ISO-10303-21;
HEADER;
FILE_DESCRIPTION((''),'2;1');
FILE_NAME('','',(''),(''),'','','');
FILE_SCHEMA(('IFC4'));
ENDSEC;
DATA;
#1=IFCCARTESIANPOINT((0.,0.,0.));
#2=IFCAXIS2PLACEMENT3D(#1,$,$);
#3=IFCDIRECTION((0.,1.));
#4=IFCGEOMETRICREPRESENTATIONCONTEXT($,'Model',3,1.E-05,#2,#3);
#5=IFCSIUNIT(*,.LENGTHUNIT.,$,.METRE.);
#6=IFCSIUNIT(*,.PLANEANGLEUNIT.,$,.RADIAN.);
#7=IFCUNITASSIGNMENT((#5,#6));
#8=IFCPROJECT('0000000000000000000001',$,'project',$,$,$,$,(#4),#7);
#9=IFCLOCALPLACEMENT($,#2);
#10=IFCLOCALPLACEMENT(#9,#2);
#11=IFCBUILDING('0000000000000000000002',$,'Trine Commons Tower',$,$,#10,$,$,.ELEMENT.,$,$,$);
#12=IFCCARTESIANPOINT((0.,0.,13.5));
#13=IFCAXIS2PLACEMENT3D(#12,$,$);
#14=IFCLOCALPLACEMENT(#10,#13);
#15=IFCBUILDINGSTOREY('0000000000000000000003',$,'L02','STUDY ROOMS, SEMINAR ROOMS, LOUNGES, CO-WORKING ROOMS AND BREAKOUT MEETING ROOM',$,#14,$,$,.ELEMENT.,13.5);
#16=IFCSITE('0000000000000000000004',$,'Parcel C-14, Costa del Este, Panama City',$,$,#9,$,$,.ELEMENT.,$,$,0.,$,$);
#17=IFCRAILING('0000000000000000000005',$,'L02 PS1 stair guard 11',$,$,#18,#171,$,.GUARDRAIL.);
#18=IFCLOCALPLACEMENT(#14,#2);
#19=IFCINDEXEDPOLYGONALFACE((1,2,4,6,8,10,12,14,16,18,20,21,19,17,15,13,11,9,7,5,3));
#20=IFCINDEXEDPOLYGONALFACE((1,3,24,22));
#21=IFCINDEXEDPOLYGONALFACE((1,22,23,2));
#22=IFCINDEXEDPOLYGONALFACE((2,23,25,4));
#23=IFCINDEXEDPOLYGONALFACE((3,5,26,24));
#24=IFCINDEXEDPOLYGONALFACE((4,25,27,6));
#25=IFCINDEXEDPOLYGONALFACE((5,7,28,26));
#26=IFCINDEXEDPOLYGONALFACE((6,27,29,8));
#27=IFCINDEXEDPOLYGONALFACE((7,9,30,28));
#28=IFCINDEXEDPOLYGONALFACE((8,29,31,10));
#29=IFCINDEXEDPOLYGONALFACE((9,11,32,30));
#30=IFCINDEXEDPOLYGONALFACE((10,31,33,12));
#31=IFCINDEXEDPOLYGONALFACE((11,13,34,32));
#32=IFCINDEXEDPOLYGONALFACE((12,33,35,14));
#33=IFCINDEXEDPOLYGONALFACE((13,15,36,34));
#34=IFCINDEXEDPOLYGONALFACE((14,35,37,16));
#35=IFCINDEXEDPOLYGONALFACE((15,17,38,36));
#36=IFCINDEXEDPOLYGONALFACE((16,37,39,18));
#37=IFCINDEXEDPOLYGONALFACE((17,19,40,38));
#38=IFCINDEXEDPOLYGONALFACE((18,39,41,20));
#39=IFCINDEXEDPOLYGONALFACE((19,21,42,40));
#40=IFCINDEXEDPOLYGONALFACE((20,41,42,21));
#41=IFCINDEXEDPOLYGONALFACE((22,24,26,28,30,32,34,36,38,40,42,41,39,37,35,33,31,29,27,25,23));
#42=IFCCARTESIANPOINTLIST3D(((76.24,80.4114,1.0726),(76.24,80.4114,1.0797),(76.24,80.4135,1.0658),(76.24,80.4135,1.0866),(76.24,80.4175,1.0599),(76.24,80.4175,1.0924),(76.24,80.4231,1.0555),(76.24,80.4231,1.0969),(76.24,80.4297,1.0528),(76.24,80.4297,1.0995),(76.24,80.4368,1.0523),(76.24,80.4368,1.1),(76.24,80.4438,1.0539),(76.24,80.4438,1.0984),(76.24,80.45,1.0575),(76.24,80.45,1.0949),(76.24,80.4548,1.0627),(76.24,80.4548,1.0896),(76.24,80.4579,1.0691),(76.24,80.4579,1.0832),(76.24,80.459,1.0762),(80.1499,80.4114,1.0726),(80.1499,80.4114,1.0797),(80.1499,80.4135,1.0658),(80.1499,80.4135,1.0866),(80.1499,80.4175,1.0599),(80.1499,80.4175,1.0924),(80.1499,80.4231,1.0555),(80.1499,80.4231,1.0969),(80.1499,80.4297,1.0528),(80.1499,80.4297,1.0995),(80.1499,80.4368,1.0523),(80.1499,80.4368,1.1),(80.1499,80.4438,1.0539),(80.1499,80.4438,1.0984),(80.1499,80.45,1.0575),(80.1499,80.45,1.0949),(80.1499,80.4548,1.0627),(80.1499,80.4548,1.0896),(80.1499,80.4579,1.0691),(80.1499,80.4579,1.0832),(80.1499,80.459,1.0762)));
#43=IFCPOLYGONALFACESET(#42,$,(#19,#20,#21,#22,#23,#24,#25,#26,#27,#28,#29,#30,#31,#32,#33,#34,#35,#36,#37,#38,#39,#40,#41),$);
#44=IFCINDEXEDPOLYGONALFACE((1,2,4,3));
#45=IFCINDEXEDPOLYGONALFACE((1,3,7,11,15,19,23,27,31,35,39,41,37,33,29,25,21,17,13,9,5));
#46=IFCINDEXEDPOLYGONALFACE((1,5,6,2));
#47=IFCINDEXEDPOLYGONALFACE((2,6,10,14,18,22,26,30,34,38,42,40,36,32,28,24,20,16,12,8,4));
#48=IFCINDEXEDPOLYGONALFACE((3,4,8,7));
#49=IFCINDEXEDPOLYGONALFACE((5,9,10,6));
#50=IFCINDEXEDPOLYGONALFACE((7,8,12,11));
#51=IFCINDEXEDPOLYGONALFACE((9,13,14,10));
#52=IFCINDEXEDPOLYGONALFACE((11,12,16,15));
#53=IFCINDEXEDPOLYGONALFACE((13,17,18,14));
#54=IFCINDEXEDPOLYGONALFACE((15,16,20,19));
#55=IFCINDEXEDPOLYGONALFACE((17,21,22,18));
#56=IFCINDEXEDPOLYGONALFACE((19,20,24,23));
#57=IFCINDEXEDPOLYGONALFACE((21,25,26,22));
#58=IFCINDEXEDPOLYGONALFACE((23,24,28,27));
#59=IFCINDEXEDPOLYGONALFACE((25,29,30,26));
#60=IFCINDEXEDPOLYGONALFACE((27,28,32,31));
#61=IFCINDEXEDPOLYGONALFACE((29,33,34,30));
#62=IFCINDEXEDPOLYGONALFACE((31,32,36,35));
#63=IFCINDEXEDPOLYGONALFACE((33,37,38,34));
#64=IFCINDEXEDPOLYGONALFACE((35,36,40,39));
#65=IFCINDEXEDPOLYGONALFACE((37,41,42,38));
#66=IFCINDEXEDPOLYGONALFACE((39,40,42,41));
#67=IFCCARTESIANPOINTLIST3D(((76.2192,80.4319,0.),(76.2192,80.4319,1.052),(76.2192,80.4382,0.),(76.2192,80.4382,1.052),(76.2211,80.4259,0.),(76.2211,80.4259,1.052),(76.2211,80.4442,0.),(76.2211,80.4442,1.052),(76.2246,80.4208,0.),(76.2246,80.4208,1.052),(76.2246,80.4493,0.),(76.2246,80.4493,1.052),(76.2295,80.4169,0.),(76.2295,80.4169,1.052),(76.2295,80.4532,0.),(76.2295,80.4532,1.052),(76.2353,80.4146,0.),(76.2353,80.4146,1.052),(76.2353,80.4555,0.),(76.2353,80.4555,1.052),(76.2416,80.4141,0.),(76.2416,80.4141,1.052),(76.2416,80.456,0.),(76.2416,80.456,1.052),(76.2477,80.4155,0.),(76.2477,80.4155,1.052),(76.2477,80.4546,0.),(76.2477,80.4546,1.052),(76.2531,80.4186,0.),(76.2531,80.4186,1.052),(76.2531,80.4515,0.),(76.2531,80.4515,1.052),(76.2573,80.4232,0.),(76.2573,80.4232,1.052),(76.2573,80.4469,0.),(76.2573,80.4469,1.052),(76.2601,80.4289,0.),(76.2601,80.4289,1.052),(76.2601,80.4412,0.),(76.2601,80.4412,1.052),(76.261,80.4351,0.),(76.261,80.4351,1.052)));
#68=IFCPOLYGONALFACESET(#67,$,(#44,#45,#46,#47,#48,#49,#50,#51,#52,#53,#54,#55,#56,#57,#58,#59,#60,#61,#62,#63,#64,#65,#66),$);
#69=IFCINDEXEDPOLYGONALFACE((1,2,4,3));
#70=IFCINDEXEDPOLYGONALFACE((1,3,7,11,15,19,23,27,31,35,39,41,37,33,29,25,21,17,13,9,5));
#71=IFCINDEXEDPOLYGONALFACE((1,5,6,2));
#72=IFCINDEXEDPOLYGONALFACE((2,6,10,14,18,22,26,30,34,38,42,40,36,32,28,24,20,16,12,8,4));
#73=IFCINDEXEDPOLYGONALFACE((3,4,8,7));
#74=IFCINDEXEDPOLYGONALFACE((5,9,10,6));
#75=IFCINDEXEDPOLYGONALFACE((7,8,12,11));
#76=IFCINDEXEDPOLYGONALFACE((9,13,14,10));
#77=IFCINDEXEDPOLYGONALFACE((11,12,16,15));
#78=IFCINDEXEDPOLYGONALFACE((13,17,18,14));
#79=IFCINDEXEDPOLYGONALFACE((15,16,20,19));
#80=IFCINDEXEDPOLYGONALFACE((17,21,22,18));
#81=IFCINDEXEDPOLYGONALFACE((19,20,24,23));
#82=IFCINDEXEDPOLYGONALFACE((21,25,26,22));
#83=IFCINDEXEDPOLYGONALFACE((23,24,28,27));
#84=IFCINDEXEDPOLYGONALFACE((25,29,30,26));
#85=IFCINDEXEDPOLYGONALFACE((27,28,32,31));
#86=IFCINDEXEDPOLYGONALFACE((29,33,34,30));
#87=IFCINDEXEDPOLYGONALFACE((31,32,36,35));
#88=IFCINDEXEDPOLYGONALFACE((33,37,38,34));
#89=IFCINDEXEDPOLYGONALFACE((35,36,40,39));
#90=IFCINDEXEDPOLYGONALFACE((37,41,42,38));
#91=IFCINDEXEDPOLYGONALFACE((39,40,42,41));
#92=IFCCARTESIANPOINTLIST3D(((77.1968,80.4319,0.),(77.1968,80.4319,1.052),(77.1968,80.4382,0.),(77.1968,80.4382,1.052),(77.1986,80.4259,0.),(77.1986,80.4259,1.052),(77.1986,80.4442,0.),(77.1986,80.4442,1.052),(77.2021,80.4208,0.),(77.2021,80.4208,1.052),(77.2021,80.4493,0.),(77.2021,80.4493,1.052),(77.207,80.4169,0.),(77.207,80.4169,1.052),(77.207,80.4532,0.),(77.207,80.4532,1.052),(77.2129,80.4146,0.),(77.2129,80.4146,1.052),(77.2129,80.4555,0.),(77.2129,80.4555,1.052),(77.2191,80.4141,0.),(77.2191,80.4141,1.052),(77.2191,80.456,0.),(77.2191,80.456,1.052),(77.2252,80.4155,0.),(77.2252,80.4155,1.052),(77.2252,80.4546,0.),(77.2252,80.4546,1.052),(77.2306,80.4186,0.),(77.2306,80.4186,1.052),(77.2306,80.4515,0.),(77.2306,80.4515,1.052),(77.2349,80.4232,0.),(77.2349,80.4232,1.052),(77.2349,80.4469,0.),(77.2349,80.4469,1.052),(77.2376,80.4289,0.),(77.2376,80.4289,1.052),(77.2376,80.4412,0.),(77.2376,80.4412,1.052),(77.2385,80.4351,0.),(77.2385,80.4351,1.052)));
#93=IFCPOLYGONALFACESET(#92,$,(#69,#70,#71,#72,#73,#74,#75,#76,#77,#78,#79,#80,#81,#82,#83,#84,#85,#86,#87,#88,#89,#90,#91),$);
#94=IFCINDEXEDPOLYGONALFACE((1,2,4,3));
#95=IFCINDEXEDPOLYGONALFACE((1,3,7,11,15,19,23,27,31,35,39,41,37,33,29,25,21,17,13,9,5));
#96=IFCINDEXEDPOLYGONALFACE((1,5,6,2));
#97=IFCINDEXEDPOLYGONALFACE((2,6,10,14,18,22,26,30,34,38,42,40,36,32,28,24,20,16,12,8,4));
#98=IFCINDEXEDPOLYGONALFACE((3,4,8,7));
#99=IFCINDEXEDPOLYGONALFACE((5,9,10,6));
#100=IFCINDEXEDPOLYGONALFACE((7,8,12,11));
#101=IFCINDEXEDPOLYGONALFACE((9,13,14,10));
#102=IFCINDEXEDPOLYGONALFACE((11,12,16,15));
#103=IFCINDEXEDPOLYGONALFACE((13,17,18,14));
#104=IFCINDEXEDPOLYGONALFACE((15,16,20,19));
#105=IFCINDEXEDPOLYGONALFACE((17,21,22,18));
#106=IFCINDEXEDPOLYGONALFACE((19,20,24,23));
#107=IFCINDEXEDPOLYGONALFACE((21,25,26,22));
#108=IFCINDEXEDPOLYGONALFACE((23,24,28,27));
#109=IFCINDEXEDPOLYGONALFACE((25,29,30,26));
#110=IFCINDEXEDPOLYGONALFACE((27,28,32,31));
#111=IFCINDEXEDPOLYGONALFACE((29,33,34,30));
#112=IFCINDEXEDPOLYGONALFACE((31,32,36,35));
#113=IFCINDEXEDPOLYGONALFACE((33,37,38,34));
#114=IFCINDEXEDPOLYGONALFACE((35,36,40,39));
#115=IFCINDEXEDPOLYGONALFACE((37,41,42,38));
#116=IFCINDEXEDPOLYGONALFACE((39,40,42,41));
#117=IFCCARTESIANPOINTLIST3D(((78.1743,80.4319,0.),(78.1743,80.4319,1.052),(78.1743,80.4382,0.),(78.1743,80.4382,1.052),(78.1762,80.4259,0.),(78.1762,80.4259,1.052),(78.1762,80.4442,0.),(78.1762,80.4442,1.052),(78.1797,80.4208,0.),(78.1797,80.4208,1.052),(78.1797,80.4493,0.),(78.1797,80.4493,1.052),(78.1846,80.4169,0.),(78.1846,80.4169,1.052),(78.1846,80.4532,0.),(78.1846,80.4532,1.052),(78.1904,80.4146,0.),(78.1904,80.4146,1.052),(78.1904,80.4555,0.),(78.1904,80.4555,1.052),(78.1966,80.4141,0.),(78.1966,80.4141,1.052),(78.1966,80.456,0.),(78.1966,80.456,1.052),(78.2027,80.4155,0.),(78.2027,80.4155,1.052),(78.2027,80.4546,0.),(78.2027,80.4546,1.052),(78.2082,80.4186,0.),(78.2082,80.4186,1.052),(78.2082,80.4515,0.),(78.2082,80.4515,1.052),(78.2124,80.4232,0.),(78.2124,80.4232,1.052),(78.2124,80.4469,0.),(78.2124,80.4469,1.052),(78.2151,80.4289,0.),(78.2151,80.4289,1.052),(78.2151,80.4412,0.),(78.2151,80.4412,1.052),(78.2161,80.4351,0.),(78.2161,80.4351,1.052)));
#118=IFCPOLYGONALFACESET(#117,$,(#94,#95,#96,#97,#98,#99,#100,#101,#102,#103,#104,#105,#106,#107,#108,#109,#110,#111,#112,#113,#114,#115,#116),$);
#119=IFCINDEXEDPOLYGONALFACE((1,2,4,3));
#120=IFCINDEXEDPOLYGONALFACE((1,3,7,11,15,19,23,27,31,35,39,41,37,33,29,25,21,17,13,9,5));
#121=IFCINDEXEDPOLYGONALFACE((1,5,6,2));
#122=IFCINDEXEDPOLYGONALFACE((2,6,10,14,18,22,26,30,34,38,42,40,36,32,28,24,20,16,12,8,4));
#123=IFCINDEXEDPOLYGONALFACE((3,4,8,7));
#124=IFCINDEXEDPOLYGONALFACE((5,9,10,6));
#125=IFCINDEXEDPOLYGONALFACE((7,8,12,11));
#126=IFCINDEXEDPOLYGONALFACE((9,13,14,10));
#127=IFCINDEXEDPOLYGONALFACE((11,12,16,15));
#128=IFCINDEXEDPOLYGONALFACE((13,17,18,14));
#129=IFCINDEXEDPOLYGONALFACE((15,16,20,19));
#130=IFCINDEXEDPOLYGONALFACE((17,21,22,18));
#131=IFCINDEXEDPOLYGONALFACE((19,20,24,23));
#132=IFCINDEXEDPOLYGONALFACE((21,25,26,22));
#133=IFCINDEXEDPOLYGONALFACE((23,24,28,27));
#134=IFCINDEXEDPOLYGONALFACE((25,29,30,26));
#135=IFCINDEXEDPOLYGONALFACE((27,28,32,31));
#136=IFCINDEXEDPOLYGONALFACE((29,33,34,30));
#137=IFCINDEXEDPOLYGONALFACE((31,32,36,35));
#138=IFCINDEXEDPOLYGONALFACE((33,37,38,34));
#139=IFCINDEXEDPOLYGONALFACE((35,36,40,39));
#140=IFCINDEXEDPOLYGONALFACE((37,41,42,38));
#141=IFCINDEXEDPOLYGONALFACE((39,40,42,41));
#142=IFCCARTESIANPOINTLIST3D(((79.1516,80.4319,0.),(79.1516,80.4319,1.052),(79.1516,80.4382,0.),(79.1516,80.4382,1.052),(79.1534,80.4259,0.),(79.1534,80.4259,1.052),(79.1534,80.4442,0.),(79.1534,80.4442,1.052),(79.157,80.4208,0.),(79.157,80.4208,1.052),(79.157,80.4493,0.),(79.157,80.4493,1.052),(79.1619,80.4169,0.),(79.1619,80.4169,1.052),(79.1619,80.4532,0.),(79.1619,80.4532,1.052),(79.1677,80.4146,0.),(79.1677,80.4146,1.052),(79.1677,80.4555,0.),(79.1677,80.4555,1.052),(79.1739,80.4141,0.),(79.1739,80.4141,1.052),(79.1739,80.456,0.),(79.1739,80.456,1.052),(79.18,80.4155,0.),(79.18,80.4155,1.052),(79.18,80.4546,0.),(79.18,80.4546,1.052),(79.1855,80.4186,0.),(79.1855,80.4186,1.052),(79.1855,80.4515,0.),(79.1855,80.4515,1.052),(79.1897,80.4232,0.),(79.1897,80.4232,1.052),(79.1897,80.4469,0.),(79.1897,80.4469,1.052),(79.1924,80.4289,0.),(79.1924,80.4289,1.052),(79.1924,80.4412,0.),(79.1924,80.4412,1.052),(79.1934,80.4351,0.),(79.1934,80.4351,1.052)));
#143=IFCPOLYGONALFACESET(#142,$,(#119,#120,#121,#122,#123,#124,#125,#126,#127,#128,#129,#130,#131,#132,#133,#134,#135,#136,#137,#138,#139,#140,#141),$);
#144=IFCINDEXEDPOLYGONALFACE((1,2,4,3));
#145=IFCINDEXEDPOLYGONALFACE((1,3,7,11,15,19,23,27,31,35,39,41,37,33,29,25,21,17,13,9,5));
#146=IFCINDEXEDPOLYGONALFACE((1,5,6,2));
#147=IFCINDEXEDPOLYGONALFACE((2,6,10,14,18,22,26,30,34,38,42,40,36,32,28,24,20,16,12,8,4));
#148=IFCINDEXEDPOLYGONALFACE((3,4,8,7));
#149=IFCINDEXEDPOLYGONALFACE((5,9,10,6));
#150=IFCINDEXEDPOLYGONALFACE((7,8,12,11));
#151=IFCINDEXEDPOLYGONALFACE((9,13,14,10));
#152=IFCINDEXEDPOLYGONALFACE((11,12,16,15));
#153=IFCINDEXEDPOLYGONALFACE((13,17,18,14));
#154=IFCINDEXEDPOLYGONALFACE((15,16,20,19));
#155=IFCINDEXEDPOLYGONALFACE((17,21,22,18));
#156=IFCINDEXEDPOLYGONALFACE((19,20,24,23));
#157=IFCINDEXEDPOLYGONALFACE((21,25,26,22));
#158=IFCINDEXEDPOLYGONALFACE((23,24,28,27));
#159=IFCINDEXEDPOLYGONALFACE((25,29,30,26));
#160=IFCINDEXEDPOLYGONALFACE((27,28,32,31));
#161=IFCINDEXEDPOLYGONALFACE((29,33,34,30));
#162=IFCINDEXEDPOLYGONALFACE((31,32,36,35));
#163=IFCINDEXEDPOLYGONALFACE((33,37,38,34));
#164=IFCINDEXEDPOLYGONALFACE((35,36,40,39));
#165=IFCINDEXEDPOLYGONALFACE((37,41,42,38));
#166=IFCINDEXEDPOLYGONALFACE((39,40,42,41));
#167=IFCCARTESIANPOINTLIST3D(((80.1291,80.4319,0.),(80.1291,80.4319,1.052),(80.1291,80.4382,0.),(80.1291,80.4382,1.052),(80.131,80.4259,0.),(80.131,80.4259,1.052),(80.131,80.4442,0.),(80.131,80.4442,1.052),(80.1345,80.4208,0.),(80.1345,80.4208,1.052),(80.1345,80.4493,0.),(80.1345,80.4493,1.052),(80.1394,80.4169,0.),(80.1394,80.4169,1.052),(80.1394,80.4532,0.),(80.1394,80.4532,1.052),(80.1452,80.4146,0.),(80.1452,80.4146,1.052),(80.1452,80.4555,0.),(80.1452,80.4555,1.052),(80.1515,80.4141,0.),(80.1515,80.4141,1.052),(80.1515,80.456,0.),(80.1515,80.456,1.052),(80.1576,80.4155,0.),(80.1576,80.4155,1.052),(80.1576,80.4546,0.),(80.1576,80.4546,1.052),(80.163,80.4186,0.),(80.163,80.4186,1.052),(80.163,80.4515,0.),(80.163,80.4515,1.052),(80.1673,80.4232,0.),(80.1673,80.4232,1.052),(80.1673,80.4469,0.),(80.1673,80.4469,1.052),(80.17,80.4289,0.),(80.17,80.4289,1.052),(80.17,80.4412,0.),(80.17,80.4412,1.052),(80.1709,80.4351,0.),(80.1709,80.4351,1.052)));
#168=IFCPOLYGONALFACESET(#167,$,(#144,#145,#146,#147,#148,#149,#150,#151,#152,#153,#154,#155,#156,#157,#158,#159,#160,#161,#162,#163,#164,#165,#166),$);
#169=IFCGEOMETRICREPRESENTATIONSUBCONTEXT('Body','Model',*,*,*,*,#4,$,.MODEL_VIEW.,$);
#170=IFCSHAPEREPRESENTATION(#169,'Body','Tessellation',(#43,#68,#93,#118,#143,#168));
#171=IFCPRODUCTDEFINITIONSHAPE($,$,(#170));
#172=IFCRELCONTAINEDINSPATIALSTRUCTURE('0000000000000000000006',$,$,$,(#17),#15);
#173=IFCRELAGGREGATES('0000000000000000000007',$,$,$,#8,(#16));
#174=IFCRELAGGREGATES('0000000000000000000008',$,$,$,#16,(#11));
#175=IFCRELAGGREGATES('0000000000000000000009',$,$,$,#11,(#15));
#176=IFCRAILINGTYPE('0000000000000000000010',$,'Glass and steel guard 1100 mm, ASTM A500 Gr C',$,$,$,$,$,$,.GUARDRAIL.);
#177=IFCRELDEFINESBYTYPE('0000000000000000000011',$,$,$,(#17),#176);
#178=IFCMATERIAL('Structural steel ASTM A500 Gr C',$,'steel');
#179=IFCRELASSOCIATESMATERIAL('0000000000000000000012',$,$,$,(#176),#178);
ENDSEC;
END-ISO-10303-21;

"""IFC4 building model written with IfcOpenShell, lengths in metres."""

from ifc_helpers import new_model, si_unit, direction, frame, origin, origin_2d, place, context, subcontext, project, spatial, circle, extrude, material, type_object, element, save


model = new_model("IFC4")

# Units and contexts
model_context = context("Model", 3, precision=1e-05, world=origin(), true_north=direction((0.0, 1.0)))
body_context = subcontext(model_context, "Body", "Model", "MODEL_VIEW")
ifc_project = project(units=[si_unit("LENGTHUNIT", "METRE"), si_unit("PLANEANGLEUNIT", "RADIAN")], contexts=[model_context])

# Site, building, storey
site_placement = place(None, origin())
site = spatial("IfcSite", under=ifc_project, at=site_placement, Name="Parcel C-14, Costa del Este, Panama City", CompositionType="ELEMENT", RefElevation=0.0)
building_placement = place(site_placement, origin())
building = spatial("IfcBuilding", under=site, at=building_placement, Name="Trine Commons Tower", CompositionType="ELEMENT")
storey_placement = place(building_placement, frame((0.0, 0.0, 13.5)))
storey = spatial("IfcBuildingStorey", under=building, at=storey_placement, Name="L02", Description="STUDY ROOMS, SEMINAR ROOMS, LOUNGES, CO-WORKING ROOMS AND BREAKOUT MEETING ROOM", CompositionType="ELEMENT", Elevation=13.5)

# Railing
ifc_material_1 = material(Name="Structural steel ASTM A500 Gr C", Category="steel")
railing_type_1 = type_object("IfcRailingType", Name="Glass and steel guard 1100 mm, ASTM A500 Gr C", PredefinedType="GUARDRAIL", material=ifc_material_1)
for number, where, name in (
    (1, (76.24, 80.4351, 0.0), "L02 PS1 stair guard 11"),
):
    element("IfcRailing", number, at=place(storey_placement, frame(where)), inside=storey, type_object=railing_type_1, Name=name, PredefinedType="GUARDRAIL", context=body_context, shape_type="SweptSolid", body=[
        extrude(circle(Radius=0.0239, at=origin_2d()), frame((0.0, 0.0, 1.0762), z_axis=(1.0, 0.0, 0.0), x_axis=(0.0, 1.0, 0.0)), (0.0, 0.0, 1.0), 3.9099),
        extrude(circle(Radius=0.021, at=origin_2d()), origin(), (0.0, 0.0, 1.0), 1.052),
        extrude(circle(Radius=0.021, at=origin_2d()), frame((0.9775, 0.0, 0.0)), (0.0, 0.0, 1.0), 1.052),
        extrude(circle(Radius=0.021, at=origin_2d()), frame((1.9551, 0.0, 0.0)), (0.0, 0.0, 1.0), 1.052),
        extrude(circle(Radius=0.021, at=origin_2d()), frame((2.9324, 0.0, 0.0)), (0.0, 0.0, 1.0), 1.052),
        extrude(circle(Radius=0.021, at=origin_2d()), frame((3.9099, 0.0, 0.0)), (0.0, 0.0, 1.0), 1.052),
    ])

save(model, "model.ifc")
